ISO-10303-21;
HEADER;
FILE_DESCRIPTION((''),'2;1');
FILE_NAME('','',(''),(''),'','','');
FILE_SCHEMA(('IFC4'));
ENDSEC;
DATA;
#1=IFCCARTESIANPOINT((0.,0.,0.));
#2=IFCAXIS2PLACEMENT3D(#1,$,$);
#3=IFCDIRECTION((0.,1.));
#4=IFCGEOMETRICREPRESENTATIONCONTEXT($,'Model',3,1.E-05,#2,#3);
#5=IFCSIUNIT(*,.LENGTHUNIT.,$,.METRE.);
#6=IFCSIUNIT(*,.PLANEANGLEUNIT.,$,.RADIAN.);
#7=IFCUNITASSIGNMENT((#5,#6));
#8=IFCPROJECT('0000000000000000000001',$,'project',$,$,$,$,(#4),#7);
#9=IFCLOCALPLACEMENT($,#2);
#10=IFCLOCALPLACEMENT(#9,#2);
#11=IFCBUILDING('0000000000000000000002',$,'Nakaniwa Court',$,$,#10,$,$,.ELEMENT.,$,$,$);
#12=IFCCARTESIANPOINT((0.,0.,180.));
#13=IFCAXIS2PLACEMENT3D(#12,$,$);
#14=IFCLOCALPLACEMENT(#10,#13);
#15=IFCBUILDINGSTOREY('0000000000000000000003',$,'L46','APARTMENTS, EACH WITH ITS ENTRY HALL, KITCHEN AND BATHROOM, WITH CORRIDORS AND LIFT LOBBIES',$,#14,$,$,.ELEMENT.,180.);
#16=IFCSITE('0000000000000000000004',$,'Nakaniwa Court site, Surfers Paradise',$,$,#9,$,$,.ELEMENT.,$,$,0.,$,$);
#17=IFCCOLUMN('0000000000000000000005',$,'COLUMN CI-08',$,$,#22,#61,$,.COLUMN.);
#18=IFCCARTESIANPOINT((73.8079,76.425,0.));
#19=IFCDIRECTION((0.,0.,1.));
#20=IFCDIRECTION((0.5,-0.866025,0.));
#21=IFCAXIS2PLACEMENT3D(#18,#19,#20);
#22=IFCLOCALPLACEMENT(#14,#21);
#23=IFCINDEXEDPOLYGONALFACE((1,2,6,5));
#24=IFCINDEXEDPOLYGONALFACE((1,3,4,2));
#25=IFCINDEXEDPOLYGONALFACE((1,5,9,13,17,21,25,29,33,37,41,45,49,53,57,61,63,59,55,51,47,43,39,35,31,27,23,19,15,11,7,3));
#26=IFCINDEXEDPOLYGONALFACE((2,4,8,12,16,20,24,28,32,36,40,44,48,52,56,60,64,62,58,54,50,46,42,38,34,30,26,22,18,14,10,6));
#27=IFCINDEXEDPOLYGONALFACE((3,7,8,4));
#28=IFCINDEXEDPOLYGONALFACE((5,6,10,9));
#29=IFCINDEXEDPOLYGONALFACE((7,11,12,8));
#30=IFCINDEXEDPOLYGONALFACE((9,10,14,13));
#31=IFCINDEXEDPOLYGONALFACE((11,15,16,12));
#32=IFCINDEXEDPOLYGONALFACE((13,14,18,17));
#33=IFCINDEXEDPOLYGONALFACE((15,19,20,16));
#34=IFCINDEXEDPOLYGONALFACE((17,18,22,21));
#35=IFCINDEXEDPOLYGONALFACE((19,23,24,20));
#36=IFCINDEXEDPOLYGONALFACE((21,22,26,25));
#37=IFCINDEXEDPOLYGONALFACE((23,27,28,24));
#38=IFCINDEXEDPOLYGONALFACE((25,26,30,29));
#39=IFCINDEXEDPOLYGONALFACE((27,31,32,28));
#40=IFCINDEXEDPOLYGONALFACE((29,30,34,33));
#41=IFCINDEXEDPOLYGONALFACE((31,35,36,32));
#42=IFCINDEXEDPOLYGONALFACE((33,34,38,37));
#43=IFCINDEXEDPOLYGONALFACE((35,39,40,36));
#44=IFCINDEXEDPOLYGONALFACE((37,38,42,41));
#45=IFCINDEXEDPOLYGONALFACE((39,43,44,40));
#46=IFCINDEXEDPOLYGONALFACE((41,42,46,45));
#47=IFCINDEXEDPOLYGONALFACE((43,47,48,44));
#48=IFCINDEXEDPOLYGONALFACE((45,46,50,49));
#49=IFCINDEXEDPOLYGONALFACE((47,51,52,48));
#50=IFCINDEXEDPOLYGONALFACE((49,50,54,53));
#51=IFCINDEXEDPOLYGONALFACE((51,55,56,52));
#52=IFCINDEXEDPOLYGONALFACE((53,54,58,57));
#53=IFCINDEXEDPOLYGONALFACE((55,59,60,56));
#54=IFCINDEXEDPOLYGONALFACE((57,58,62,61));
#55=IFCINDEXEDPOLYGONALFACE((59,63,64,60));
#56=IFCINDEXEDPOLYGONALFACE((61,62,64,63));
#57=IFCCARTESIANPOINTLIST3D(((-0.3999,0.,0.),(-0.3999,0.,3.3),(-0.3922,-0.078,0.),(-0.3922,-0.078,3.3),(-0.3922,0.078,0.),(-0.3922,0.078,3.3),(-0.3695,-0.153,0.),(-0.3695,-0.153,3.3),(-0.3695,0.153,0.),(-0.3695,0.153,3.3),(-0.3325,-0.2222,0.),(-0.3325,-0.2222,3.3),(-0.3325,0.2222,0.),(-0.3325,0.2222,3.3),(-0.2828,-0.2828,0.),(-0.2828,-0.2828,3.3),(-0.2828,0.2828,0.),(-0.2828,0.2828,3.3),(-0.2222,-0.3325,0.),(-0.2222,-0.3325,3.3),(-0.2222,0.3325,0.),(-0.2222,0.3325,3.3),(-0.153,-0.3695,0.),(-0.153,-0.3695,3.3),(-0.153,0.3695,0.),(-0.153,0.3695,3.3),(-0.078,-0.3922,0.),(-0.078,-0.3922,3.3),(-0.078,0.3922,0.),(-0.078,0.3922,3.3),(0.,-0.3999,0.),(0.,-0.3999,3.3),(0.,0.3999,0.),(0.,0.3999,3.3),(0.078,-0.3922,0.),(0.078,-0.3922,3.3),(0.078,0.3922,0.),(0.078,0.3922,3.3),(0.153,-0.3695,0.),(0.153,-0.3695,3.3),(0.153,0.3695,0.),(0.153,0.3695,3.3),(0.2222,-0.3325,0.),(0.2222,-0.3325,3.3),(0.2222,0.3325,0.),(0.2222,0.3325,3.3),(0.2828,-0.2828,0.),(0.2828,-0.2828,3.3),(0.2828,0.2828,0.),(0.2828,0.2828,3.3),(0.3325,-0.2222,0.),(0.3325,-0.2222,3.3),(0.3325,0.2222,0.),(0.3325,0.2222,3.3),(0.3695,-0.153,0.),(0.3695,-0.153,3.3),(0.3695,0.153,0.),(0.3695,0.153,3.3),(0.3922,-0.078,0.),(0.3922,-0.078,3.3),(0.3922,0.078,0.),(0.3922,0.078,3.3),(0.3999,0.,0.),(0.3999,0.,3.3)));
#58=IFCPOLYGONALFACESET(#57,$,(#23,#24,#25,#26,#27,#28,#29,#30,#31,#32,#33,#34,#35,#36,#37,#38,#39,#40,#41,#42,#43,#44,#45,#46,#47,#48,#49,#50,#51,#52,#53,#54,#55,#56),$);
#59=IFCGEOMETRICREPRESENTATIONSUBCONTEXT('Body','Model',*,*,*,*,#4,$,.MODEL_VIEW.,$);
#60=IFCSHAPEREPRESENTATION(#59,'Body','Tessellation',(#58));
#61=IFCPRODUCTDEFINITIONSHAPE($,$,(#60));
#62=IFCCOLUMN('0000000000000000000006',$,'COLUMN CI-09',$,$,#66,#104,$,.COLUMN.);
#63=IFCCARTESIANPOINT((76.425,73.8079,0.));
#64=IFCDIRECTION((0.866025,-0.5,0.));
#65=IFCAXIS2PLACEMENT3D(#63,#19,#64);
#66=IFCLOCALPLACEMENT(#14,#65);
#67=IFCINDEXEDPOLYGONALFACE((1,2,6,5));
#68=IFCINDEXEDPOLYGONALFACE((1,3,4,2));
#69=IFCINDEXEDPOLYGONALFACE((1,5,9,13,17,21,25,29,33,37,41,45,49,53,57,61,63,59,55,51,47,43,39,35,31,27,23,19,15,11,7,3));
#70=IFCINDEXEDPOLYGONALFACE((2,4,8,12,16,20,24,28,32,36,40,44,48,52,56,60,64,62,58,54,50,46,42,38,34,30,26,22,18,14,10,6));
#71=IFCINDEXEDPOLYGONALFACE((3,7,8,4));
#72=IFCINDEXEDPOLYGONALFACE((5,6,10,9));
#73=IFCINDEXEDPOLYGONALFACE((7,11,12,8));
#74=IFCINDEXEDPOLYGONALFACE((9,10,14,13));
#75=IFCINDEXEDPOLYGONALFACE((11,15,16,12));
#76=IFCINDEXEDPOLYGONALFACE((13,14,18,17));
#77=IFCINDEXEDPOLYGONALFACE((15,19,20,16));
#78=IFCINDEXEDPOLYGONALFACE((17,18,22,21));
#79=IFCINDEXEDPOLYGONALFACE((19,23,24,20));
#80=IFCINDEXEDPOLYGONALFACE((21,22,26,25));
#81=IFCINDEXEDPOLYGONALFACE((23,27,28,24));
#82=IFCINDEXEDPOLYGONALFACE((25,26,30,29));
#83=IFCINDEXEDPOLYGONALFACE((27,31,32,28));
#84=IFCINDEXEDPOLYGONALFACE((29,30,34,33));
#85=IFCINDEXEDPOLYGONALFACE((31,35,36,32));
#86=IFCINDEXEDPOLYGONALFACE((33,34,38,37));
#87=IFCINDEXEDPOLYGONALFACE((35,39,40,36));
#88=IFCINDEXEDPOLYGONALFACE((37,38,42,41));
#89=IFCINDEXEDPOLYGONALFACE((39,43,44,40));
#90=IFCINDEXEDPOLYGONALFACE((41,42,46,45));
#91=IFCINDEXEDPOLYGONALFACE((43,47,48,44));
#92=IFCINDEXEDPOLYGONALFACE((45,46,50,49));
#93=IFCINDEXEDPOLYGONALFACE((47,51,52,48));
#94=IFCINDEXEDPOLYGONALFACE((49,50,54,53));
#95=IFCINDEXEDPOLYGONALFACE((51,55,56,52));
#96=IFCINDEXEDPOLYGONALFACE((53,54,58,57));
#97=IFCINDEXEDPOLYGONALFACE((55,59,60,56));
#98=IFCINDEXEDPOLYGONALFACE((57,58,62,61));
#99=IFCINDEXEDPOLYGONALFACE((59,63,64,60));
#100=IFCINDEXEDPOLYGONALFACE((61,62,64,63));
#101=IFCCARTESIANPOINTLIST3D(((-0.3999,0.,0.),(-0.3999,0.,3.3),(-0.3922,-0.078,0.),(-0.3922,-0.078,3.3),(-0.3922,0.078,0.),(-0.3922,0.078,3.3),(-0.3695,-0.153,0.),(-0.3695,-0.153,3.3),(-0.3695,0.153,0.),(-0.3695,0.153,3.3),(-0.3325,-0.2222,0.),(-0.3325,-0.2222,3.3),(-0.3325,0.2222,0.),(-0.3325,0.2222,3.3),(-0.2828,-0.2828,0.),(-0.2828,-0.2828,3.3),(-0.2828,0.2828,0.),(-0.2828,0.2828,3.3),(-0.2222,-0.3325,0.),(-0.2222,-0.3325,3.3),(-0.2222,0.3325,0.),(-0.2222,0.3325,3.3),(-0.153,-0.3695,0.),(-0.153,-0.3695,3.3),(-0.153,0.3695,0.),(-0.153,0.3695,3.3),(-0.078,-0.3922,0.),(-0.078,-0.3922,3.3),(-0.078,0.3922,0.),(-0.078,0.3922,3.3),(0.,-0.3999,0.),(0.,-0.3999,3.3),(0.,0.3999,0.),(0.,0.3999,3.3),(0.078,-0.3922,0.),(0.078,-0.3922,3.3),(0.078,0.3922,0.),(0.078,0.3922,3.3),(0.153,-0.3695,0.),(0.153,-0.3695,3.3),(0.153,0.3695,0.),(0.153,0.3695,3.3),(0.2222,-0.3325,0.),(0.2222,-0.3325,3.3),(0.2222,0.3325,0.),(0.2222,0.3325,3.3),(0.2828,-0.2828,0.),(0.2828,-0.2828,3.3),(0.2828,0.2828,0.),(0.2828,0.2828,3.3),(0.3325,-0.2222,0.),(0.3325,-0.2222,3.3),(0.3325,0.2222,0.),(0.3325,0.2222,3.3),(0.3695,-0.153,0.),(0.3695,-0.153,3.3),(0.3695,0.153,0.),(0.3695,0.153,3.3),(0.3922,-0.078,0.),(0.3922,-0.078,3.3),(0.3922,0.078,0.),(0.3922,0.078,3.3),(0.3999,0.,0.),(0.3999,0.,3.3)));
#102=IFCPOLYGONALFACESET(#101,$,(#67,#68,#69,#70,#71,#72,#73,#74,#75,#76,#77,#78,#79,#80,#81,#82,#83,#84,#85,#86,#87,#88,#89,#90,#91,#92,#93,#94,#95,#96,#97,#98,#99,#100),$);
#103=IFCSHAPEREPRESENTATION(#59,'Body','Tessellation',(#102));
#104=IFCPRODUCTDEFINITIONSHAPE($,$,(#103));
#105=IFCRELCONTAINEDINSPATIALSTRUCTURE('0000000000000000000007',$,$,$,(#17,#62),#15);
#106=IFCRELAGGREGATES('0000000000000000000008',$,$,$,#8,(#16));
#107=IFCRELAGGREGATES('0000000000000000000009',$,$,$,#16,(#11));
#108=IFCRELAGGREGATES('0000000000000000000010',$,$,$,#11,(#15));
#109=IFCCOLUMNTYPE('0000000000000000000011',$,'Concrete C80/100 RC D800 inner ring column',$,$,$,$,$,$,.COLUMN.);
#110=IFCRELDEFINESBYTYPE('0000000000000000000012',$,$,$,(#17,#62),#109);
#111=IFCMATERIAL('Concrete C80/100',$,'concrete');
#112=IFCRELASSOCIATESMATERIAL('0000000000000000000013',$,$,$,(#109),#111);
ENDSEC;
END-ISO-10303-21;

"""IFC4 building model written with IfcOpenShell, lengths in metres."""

from ifc_helpers import new_model, si_unit, direction, frame, origin, origin_2d, place, context, subcontext, project, spatial, circle, extrude, material, material_profile, profile_set, type_object, element, save


model = new_model("IFC4")

# Units and contexts
model_context = context("Model", 3, precision=1e-05, world=origin(), true_north=direction((0.0, 1.0)))
body_context = subcontext(model_context, "Body", "Model", "MODEL_VIEW")
ifc_project = project(units=[si_unit("LENGTHUNIT", "METRE"), si_unit("PLANEANGLEUNIT", "RADIAN")], contexts=[model_context])

# Site, building, storey
site_placement = place(None, origin())
site = spatial("IfcSite", under=ifc_project, at=site_placement, Name="Nakaniwa Court site, Surfers Paradise", CompositionType="ELEMENT", RefElevation=0.0)
building_placement = place(site_placement, origin())
building = spatial("IfcBuilding", under=site, at=building_placement, Name="Nakaniwa Court", CompositionType="ELEMENT")
storey_placement = place(building_placement, frame((0.0, 0.0, 180.0)))
storey = spatial("IfcBuildingStorey", under=building, at=storey_placement, Name="L46", Description="APARTMENTS, EACH WITH ITS ENTRY HALL, KITCHEN AND BATHROOM, WITH CORRIDORS AND LIFT LOBBIES", CompositionType="ELEMENT", Elevation=180.0)

# Columns
ifc_material_1 = material(Name="Concrete C80/100", Category="concrete")
ifc_material_profile_1 = material_profile(ifc_material_1, circle(Radius=0.3999, at=origin_2d()), Name="Concrete C80/100 RC D800 inner ring column")
ifc_profile_set_1 = profile_set([ifc_material_profile_1], Name="Concrete C80/100")
column_type_1 = type_object("IfcColumnType", Name="Concrete C80/100 RC D800 inner ring column", PredefinedType="COLUMN", material=ifc_profile_set_1)
for number, where, z_axis, x_axis, name in (
    (1, (73.8079, 76.425, 0.0), (0.0, 0.0, 1.0), (0.5, -0.866025, 0.0), "COLUMN CI-08"),
    (2, (76.425, 73.8079, 0.0), (0.0, 0.0, 1.0), (0.866025, -0.5, 0.0), "COLUMN CI-09"),
):
    element("IfcColumn", number, at=place(storey_placement, frame(where, z_axis=z_axis, x_axis=x_axis)), inside=storey, type_object=column_type_1, Name=name, PredefinedType="COLUMN", context=body_context, shape_type="SweptSolid", body=[
        extrude(circle(Radius=0.3999, at=origin_2d()), origin(), (0.0, 0.0, 1.0), 3.3),
    ])

save(model, "model.ifc")
